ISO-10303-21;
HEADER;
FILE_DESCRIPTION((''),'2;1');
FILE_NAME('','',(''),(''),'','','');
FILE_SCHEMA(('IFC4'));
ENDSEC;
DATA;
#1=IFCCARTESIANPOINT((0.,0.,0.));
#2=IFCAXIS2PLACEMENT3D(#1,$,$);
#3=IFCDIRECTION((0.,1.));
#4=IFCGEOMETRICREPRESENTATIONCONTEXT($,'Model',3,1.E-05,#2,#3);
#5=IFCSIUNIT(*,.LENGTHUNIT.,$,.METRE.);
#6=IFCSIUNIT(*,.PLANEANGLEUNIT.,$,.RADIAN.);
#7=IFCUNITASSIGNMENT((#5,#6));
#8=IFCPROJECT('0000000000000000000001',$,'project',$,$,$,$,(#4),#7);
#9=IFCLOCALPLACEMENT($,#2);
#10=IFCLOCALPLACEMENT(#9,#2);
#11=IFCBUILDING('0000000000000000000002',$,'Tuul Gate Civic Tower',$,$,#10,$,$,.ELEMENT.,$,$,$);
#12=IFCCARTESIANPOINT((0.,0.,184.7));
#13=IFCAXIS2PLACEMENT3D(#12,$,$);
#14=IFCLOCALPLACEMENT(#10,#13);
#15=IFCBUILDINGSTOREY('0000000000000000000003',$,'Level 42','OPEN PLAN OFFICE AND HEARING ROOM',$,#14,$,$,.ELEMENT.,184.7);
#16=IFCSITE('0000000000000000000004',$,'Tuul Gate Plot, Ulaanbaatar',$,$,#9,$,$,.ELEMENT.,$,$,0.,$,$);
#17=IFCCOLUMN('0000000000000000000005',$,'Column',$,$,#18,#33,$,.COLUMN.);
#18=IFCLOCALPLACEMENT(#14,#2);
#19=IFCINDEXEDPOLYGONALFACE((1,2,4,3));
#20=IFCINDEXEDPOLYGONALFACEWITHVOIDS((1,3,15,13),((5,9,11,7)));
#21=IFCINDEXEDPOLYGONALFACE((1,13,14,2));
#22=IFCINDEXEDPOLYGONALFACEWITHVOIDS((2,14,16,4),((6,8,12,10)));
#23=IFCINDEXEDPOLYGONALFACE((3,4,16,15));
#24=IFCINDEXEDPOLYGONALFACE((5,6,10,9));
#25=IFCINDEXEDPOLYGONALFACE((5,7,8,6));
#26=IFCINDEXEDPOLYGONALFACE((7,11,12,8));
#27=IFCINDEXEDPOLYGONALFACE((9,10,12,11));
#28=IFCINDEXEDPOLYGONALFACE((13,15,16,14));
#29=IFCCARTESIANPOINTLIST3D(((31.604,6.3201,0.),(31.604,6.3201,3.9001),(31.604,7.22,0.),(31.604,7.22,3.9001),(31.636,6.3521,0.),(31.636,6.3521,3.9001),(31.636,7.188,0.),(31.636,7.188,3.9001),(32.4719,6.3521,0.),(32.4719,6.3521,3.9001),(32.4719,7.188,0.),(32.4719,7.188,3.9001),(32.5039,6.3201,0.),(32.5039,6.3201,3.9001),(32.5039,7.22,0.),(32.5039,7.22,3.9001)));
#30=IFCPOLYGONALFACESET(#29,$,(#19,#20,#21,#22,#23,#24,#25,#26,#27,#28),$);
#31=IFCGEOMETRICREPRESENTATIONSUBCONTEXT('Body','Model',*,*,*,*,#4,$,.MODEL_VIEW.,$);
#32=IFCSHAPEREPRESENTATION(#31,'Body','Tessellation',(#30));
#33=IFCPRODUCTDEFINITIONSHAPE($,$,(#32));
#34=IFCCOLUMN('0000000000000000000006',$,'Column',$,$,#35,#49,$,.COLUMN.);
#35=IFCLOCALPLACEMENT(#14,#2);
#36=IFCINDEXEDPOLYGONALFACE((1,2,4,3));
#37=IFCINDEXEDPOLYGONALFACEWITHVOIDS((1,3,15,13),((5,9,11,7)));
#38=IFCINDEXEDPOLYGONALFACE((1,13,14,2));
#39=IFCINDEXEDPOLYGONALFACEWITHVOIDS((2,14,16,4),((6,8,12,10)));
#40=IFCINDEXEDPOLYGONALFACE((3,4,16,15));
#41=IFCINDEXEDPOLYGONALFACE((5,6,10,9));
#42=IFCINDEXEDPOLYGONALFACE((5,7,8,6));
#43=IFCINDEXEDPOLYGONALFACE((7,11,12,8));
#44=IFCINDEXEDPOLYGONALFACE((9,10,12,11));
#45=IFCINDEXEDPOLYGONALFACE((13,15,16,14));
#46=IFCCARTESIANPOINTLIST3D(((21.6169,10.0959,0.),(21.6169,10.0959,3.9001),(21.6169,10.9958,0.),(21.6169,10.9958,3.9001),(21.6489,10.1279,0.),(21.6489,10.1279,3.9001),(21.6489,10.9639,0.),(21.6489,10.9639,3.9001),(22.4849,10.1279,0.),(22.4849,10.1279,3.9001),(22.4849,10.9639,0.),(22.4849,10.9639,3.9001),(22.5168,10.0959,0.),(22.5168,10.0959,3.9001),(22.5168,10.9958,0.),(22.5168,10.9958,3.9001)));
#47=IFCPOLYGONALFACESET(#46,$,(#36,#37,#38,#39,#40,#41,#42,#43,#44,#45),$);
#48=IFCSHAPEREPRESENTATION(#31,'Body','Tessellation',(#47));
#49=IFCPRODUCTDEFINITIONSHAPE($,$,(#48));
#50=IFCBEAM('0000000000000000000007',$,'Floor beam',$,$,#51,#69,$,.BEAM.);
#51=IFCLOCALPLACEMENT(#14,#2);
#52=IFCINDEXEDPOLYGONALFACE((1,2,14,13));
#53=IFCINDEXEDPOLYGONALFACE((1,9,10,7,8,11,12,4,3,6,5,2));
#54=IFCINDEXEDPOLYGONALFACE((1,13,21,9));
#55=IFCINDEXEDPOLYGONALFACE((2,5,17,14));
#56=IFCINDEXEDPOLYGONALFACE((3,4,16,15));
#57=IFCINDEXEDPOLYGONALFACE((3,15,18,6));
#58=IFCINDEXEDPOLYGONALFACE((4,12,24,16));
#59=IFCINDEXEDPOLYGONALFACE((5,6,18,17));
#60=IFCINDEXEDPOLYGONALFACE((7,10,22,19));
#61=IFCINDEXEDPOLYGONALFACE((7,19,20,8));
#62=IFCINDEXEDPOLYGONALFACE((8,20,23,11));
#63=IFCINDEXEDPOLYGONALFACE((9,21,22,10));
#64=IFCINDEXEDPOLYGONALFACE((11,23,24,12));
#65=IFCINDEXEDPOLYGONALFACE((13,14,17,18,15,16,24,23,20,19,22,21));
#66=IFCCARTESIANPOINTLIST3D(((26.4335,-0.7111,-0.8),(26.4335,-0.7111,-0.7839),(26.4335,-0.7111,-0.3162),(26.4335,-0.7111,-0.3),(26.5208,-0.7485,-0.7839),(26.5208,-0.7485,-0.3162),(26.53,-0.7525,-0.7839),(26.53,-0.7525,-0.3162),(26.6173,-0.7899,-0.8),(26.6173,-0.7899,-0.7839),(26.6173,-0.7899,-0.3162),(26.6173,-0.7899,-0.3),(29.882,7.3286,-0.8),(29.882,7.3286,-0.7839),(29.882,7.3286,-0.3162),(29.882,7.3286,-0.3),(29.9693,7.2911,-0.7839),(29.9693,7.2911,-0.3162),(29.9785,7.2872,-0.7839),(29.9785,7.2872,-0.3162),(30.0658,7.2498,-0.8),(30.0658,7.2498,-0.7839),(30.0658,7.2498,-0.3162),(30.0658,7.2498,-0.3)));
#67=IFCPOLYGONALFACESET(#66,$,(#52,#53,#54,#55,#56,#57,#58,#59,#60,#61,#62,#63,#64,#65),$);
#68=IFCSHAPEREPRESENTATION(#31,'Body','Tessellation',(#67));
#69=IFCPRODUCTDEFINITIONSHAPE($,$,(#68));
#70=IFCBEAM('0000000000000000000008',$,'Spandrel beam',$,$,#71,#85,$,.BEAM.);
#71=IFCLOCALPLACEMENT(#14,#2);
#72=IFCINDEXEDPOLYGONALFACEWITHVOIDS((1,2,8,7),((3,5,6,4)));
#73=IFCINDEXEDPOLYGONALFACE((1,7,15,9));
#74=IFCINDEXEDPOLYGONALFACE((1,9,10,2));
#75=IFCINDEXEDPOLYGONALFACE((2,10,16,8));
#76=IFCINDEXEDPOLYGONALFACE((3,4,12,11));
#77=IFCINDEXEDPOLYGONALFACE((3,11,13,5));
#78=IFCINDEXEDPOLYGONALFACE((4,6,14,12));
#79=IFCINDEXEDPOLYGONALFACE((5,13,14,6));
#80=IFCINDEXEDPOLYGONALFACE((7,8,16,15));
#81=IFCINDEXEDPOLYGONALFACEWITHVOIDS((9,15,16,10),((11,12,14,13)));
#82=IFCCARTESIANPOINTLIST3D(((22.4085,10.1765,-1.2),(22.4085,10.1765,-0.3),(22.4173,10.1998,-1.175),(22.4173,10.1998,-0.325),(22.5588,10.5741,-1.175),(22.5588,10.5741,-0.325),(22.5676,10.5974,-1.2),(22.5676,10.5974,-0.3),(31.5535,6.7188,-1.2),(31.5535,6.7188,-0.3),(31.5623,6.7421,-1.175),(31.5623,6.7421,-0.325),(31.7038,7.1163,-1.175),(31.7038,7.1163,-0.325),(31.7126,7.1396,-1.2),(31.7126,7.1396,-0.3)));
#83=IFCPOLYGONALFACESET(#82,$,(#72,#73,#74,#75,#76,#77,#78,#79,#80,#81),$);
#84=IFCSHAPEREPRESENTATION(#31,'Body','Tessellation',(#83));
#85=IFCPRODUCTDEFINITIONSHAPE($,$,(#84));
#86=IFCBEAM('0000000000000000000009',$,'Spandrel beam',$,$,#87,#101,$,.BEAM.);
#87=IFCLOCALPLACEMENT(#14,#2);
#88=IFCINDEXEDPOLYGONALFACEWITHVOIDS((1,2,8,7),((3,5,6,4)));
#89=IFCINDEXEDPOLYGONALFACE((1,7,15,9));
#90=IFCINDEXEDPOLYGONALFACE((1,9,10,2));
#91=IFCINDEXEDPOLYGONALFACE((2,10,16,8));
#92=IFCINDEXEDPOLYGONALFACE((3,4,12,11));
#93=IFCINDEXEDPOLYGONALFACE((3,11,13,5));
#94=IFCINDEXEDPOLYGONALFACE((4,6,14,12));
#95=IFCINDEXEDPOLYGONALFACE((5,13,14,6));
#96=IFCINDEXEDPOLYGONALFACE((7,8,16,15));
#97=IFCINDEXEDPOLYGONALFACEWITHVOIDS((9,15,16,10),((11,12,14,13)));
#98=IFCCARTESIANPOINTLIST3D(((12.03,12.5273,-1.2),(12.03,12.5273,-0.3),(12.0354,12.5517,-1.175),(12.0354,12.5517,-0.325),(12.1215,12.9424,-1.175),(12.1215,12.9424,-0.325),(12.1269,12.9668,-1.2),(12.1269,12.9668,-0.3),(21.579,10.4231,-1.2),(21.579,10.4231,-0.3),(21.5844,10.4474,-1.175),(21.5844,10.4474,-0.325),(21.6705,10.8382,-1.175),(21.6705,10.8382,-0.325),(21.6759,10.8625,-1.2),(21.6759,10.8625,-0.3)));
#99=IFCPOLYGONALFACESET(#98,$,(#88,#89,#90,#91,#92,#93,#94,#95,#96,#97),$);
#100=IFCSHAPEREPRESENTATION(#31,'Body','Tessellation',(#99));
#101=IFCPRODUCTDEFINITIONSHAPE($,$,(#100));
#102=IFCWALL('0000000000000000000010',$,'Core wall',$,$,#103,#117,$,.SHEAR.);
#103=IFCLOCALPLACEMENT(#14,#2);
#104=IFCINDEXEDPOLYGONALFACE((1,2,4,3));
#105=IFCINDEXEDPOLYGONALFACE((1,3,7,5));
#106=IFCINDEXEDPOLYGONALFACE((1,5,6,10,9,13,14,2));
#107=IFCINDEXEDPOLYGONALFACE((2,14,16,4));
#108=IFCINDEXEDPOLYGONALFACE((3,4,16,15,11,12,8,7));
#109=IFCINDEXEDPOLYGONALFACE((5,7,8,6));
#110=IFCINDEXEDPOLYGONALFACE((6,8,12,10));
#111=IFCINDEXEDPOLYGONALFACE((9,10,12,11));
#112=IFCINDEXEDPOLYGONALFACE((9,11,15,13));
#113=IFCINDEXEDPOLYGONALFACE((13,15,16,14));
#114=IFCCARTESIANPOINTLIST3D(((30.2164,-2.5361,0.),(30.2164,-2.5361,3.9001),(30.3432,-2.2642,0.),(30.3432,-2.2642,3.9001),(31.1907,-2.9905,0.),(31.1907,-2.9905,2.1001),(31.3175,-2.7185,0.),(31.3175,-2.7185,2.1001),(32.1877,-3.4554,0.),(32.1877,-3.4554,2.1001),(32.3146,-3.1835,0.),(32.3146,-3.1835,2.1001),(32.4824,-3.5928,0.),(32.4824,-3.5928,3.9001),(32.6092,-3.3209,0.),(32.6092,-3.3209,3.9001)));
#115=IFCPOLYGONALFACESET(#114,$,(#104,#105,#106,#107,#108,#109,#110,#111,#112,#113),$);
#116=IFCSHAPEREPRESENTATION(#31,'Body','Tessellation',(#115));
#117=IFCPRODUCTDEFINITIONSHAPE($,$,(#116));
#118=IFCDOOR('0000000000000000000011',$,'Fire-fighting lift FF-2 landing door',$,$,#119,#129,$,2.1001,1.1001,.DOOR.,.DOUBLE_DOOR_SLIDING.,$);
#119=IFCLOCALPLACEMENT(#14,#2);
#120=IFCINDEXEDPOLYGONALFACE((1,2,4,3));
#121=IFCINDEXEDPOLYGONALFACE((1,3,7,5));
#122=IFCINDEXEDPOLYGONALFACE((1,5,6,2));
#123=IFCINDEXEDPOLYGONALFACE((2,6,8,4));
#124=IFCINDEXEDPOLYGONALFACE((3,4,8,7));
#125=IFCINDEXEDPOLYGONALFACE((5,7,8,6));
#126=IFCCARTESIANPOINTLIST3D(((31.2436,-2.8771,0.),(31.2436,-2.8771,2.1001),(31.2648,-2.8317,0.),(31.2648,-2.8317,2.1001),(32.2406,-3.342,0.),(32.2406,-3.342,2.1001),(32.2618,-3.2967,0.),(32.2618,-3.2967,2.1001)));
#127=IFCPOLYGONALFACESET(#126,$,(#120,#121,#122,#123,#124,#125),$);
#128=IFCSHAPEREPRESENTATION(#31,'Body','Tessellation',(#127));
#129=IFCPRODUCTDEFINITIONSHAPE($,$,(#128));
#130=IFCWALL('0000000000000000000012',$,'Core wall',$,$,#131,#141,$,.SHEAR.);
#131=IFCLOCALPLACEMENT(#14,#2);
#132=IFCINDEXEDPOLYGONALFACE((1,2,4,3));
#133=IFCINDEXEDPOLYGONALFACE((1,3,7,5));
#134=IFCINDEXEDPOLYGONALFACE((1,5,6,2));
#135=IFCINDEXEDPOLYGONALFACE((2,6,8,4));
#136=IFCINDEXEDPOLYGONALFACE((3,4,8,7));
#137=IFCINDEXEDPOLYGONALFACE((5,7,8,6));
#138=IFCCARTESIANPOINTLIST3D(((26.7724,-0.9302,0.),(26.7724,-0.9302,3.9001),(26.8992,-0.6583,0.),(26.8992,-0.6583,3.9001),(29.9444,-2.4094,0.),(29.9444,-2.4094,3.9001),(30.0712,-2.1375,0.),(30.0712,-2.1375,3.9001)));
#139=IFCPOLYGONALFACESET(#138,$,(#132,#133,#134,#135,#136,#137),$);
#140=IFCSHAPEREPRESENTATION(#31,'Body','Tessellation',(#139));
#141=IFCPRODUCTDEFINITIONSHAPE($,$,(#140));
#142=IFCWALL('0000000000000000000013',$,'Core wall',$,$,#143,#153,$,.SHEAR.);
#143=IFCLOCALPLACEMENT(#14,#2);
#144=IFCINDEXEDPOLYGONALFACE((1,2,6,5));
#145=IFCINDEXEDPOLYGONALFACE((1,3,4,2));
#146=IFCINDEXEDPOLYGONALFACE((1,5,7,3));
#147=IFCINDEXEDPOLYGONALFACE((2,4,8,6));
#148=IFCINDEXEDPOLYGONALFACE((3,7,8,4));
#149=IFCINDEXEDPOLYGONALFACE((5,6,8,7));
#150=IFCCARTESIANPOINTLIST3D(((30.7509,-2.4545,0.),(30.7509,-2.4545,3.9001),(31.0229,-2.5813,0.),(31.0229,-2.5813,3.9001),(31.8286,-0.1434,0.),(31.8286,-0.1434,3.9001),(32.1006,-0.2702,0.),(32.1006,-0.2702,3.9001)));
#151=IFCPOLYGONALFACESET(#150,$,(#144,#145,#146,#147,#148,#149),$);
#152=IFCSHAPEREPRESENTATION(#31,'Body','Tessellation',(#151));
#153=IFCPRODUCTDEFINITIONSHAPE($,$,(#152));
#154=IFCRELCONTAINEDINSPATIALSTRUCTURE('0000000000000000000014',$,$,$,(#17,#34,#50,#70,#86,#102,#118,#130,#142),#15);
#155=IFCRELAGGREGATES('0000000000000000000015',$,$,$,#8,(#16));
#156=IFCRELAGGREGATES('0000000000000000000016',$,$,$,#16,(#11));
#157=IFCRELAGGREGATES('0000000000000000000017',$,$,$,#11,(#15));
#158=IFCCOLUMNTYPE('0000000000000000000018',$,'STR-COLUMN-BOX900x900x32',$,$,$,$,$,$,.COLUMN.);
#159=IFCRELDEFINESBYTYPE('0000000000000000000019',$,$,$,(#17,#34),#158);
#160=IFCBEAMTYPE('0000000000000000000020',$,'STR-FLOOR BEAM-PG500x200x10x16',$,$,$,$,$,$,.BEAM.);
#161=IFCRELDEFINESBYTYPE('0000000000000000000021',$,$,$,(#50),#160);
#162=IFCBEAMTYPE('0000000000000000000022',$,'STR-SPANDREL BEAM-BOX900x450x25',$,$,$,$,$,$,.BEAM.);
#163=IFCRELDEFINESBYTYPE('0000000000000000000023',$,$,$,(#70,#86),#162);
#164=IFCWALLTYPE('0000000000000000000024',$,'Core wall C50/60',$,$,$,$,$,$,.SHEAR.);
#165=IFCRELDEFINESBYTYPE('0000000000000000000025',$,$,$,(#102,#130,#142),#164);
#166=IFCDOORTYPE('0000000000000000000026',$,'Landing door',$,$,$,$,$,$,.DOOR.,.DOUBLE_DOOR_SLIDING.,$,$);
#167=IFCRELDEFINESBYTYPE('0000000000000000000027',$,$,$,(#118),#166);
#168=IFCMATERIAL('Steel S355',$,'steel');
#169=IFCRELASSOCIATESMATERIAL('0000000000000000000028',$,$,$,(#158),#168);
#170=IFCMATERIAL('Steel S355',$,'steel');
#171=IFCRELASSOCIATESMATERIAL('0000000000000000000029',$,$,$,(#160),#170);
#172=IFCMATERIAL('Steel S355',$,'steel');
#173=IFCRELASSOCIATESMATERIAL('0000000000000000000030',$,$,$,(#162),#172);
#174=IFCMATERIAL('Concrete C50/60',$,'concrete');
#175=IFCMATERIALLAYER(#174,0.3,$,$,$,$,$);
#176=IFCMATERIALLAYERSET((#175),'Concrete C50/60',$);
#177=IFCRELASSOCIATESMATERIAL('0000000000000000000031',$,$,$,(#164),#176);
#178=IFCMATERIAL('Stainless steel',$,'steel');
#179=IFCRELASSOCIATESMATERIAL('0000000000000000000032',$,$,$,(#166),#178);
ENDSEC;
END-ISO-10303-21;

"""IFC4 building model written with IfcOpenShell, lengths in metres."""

from ifc_helpers import new_model, si_unit, direction, frame, frame_2d, origin, origin_2d, place, context, subcontext, project, spatial, rectangle, hollow_rectangle, i_section, extrude, material, layer, layer_set, material_profile, profile_set, type_object, element, fill, save


model = new_model("IFC4")

# Units and contexts
model_context = context("Model", 3, precision=1e-05, world=origin(), true_north=direction((0.0, 1.0)))
body_context = subcontext(model_context, "Body", "Model", "MODEL_VIEW")
ifc_project = project(units=[si_unit("LENGTHUNIT", "METRE"), si_unit("PLANEANGLEUNIT", "RADIAN")], contexts=[model_context])

# Site, building, storey
site_placement = place(None, origin())
site = spatial("IfcSite", under=ifc_project, at=site_placement, Name="Tuul Gate Plot, Ulaanbaatar", CompositionType="ELEMENT", RefElevation=0.0)
building_placement = place(site_placement, origin())
building = spatial("IfcBuilding", under=site, at=building_placement, Name="Tuul Gate Civic Tower", CompositionType="ELEMENT")
storey_placement = place(building_placement, frame((0.0, 0.0, 184.7)))
storey = spatial("IfcBuildingStorey", under=building, at=storey_placement, Name="Level 42", Description="OPEN PLAN OFFICE AND HEARING ROOM", CompositionType="ELEMENT", Elevation=184.7)

# Columns
ifc_material_1 = material(Name="Steel S355", Category="steel")
ifc_material_profile_1 = material_profile(ifc_material_1, hollow_rectangle(XDim=0.8999, YDim=0.8999, WallThickness=0.032, at=origin_2d()), Name="BOX900x900x32")
ifc_profile_set_1 = profile_set([ifc_material_profile_1], Name="Steel S355")
column_type = type_object("IfcColumnType", Name="STR-COLUMN-BOX900x900x32", PredefinedType="COLUMN", material=ifc_profile_set_1)
for number, where, z_axis, x_axis, name in (
    (1, (32.054, 6.77, 0.0), (0.0, 0.0, 1.0), (1.0, 0.0, 0.0), "Column"),
    (2, (22.0669, 10.5459, 0.0), (0.0, 0.0, 1.0), (1.0, 0.0, 0.0), "Column"),
):
    element("IfcColumn", number, at=place(storey_placement, frame(where, z_axis=z_axis, x_axis=x_axis)), inside=storey, type_object=column_type, Name=name, PredefinedType="COLUMN", context=body_context, shape_type="SweptSolid", body=[
        extrude(hollow_rectangle(XDim=0.8999, YDim=0.8999, WallThickness=0.032, at=origin_2d()), origin(), (0.0, 0.0, 1.0), 3.9001),
    ])

# Beams
ifc_material_2 = material(Name="Steel S355", Category="steel")
ifc_material_profile_2 = material_profile(ifc_material_2, i_section(OverallWidth=0.2, OverallDepth=0.5, WebThickness=0.01, FlangeThickness=0.0161, at=origin_2d()), Name="PG500x200x10x16")
ifc_profile_set_2 = profile_set([ifc_material_profile_2], Name="Steel S355")
beam_type_1 = type_object("IfcBeamType", Name="STR-FLOOR BEAM-PG500x200x10x16", PredefinedType="BEAM", material=ifc_profile_set_2)
beam_1_placement = place(storey_placement, frame((26.5254, -0.7505, -0.55), z_axis=(0.394206, 0.919022, 0.0), x_axis=(-0.919022, 0.394206, 0.0)))
element("IfcBeam", 3, at=beam_1_placement, inside=storey, type_object=beam_type_1, Name="Floor beam", PredefinedType="BEAM", context=body_context, shape_type="SweptSolid", body=[
    extrude(i_section(OverallWidth=0.2, OverallDepth=0.5, WebThickness=0.01, FlangeThickness=0.0161, at=origin_2d()), origin(), (0.0, 0.0, 1.0), 8.748),
])
ifc_material_3 = material(Name="Steel S355", Category="steel")
ifc_material_profile_3 = material_profile(ifc_material_3, hollow_rectangle(XDim=0.45, YDim=0.8999, WallThickness=0.0249, at=origin_2d()), Name="BOX900x450x25")
ifc_profile_set_3 = profile_set([ifc_material_profile_3], Name="Steel S355")
beam_type_2 = type_object("IfcBeamType", Name="STR-SPANDREL BEAM-BOX900x450x25", PredefinedType="BEAM", material=ifc_profile_set_3)
beam_2_placement = place(storey_placement, frame((31.6331, 6.9292, -0.75), z_axis=(-0.935371, 0.353667, 0.0), x_axis=(-0.353667, -0.935371, 0.0)))
element("IfcBeam", 4, at=beam_2_placement, inside=storey, type_object=beam_type_2, Name="Spandrel beam", PredefinedType="BEAM", context=body_context, shape_type="SweptSolid", body=[
    extrude(hollow_rectangle(XDim=0.45, YDim=0.8999, WallThickness=0.0249, at=origin_2d()), origin(), (0.0, 0.0, 1.0), 9.7769),
])
beam_3_placement = place(storey_placement, frame((21.6274, 10.6428, -0.75), z_axis=(-0.97657, 0.215199, 0.0), x_axis=(-0.215199, -0.97657, 0.0)))
element("IfcBeam", 5, at=beam_3_placement, inside=storey, type_object=beam_type_2, Name="Spandrel beam", PredefinedType="BEAM", context=body_context, shape_type="SweptSolid", body=[
    extrude(hollow_rectangle(XDim=0.45, YDim=0.8999, WallThickness=0.0249, at=origin_2d()), origin(), (0.0, 0.0, 1.0), 9.7781),
])

# Wall, opening, door
ifc_material_4 = material(Name="Concrete C50/60", Category="concrete")
ifc_layer_1 = layer(ifc_material_4, 0.3)
ifc_layer_set_1 = layer_set([ifc_layer_1], Name="Concrete C50/60")
wall_type_1 = type_object("IfcWallType", Name="Core wall C50/60", PredefinedType="SHEAR", material=ifc_layer_set_1)
wall_1_placement = place(storey_placement, frame((32.5457, -3.4568, 0.0), z_axis=(0.0, 0.0, 1.0), x_axis=(-0.9063, 0.422634, 0.0)))
wall_1 = element("IfcWall", 6, at=wall_1_placement, inside=storey, type_object=wall_type_1, Name="Core wall", PredefinedType="SHEAR", context=body_context, shape_type="SweptSolid", body=[
    extrude(rectangle(XDim=2.5002, YDim=0.3, at=frame_2d((1.25, 0.0))), origin(), (0.0, 0.0, 1.0), 3.9001),
])
opening_1_placement = place(wall_1_placement, frame((0.325, 0.0, 0.0)))
opening_1 = element("IfcOpeningElement", 7, at=opening_1_placement, cuts=wall_1, PredefinedType="OPENING", context=body_context, shape_type="SweptSolid", body=[
    extrude(rectangle(XDim=1.1001, YDim=2.1001, at=frame_2d((0.55, 1.05))), frame((0.0, 0.1602, 0.0), z_axis=(0.0, -1.0, 0.0), x_axis=(1.0, 0.0, 0.0)), (0.0, 0.0, 1.0), 0.3201),
])
ifc_material_5 = material(Name="Stainless steel", Category="steel")
door_type_1 = type_object("IfcDoorType", Name="Landing door", OperationType="DOUBLE_DOOR_SLIDING", PredefinedType="DOOR", material=ifc_material_5)
door_1_placement = place(opening_1_placement, origin())
door_1 = element("IfcDoor", 8, at=door_1_placement, inside=storey, type_object=door_type_1, Name="Fire-fighting lift FF-2 landing door", OperationType="DOUBLE_DOOR_SLIDING", OverallHeight=2.1001, OverallWidth=1.1001, PredefinedType="DOOR", context=body_context, shape_type="SweptSolid", body=[
    extrude(rectangle(XDim=1.1001, YDim=2.1001, at=frame_2d((0.55, 1.05))), frame((0.0, 0.0249, 0.0), z_axis=(0.0, -1.0, 0.0), x_axis=(1.0, 0.0, 0.0)), (0.0, 0.0, 1.0), 0.05),
])
fill(opening_1, door_1)

# Walls
wall_2_placement = place(storey_placement, frame((30.0078, -2.2734, 0.0), z_axis=(0.0, 0.0, 1.0), x_axis=(-0.906301, 0.422633, 0.0)))
element("IfcWall", 9, at=wall_2_placement, inside=storey, type_object=wall_type_1, Name="Core wall", PredefinedType="SHEAR", context=body_context, shape_type="SweptSolid", body=[
    extrude(rectangle(XDim=3.5, YDim=0.3, at=frame_2d((1.75, 0.0))), origin(), (0.0, 0.0, 1.0), 3.9001),
])
wall_3_placement = place(storey_placement, frame((30.887, -2.5178, 0.0), z_axis=(0.0, 0.0, 1.0), x_axis=(0.422613, 0.90631, 0.0)))
element("IfcWall", 10, at=wall_3_placement, inside=storey, type_object=wall_type_1, Name="Core wall", PredefinedType="SHEAR", context=body_context, shape_type="SweptSolid", body=[
    extrude(rectangle(XDim=2.55, YDim=0.3, at=frame_2d((1.2749, 0.0))), origin(), (0.0, 0.0, 1.0), 3.9001),
])

save(model, "model.ifc")
